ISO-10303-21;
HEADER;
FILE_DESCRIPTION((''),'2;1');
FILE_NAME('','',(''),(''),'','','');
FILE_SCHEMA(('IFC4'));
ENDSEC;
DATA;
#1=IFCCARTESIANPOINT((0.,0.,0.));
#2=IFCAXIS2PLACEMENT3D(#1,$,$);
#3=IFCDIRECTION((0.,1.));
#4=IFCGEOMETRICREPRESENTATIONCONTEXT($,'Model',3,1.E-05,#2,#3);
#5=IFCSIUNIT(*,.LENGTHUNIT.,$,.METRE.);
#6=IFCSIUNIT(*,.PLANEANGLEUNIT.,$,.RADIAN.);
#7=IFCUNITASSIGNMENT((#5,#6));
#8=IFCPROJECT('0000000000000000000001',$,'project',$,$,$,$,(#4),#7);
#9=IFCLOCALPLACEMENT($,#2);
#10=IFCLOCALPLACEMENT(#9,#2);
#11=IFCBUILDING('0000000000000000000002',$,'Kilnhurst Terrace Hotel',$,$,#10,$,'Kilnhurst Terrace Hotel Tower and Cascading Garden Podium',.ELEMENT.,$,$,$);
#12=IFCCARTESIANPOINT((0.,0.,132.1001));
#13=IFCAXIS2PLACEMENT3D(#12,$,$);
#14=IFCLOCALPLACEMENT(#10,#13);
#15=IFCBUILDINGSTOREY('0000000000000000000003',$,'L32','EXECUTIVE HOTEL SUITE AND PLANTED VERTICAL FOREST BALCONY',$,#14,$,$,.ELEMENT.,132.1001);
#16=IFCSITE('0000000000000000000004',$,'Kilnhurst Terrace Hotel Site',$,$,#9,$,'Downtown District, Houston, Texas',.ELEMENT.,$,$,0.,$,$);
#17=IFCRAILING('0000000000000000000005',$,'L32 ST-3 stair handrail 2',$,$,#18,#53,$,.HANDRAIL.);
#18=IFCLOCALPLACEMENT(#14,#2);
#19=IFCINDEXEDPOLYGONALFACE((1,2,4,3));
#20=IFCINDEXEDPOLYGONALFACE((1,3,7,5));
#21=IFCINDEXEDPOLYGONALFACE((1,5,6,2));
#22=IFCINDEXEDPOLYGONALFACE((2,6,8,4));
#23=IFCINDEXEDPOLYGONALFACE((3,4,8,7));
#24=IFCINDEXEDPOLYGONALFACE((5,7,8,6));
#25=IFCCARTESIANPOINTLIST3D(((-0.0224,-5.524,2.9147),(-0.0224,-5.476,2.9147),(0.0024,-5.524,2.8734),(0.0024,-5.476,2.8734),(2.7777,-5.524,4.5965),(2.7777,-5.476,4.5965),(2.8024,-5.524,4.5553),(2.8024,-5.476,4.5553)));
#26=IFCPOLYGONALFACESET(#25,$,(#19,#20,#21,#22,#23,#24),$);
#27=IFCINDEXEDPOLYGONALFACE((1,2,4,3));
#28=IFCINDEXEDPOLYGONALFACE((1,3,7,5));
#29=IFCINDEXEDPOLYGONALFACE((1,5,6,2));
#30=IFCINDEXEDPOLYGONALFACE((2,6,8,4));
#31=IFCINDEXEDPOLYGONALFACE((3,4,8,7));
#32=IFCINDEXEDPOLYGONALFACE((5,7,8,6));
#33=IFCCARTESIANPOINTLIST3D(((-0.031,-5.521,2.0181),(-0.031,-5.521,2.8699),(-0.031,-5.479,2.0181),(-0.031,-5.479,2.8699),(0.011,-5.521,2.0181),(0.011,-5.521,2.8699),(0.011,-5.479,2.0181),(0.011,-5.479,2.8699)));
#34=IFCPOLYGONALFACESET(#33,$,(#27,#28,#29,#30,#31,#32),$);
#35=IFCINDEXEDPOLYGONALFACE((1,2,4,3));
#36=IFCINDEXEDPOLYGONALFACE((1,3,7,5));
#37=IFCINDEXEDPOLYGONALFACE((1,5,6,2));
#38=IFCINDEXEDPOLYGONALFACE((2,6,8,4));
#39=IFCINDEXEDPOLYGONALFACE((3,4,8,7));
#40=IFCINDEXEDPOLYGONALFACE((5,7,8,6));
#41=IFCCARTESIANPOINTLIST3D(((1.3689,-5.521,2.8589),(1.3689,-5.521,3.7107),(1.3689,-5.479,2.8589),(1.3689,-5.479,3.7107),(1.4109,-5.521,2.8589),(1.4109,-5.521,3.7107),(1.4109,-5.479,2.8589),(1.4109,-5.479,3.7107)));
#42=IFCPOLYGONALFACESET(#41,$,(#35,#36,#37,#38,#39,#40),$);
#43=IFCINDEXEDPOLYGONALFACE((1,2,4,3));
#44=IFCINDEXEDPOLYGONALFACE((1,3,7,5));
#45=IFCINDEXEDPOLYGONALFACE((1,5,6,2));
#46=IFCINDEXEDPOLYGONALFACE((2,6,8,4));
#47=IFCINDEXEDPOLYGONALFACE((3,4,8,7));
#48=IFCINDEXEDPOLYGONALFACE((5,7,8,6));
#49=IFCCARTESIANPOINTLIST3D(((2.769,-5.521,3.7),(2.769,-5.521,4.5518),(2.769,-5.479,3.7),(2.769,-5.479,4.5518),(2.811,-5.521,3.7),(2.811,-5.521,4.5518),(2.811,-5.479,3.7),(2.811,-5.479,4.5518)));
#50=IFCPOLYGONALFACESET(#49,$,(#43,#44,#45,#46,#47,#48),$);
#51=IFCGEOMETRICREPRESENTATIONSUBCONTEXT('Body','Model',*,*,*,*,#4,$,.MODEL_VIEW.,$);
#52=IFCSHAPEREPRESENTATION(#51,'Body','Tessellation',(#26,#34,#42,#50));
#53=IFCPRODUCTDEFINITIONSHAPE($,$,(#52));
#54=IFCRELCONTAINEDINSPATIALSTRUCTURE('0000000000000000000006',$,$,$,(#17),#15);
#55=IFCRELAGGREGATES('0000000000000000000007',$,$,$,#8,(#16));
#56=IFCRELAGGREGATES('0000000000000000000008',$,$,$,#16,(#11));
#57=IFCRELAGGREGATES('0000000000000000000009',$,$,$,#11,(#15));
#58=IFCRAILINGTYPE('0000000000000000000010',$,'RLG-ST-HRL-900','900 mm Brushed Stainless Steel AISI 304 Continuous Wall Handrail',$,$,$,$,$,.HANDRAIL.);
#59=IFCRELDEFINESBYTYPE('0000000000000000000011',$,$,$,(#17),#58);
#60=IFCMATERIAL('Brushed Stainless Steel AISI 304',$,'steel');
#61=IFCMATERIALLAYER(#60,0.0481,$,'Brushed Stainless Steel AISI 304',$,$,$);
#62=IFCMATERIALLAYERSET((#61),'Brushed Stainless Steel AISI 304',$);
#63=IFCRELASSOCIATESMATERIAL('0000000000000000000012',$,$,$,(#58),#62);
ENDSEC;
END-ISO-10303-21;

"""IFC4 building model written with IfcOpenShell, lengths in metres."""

from ifc_helpers import new_model, si_unit, direction, frame, origin, origin_2d, place, context, subcontext, project, spatial, rectangle, extrude, material, layer, layer_set, type_object, element, save


model = new_model("IFC4")

# Units and contexts
model_context = context("Model", 3, precision=1e-05, world=origin(), true_north=direction((0.0, 1.0)))
body_context = subcontext(model_context, "Body", "Model", "MODEL_VIEW")
ifc_project = project(units=[si_unit("LENGTHUNIT", "METRE"), si_unit("PLANEANGLEUNIT", "RADIAN")], contexts=[model_context])

# Site, building, storey
site_placement = place(None, origin())
site = spatial("IfcSite", under=ifc_project, at=site_placement, Name="Kilnhurst Terrace Hotel Site", LongName="Downtown District, Houston, Texas", CompositionType="ELEMENT", RefElevation=0.0)
building_placement = place(site_placement, origin())
building = spatial("IfcBuilding", under=site, at=building_placement, Name="Kilnhurst Terrace Hotel", LongName="Kilnhurst Terrace Hotel Tower and Cascading Garden Podium", CompositionType="ELEMENT")
storey_placement = place(building_placement, frame((0.0, 0.0, 132.1001)))
storey = spatial("IfcBuildingStorey", under=building, at=storey_placement, Name="L32", Description="EXECUTIVE HOTEL SUITE AND PLANTED VERTICAL FOREST BALCONY", CompositionType="ELEMENT", Elevation=132.1001)

# Railing
ifc_material_1 = material(Name="Brushed Stainless Steel AISI 304", Category="steel")
ifc_layer_1 = layer(ifc_material_1, 0.0481, Name="Brushed Stainless Steel AISI 304")
ifc_layer_set_1 = layer_set([ifc_layer_1], Name="Brushed Stainless Steel AISI 304")
railing_type_1 = type_object("IfcRailingType", Name="RLG-ST-HRL-900", Description="900 mm Brushed Stainless Steel AISI 304 Continuous Wall Handrail", PredefinedType="HANDRAIL", material=ifc_layer_set_1)
railing_1_placement = place(storey_placement, frame((-0.01, -5.5, 2.0181)))
element("IfcRailing", 1, at=railing_1_placement, inside=storey, type_object=railing_type_1, Name="L32 ST-3 stair handrail 2", PredefinedType="HANDRAIL", context=body_context, shape_type="SweptSolid", body=[
    extrude(rectangle(XDim=0.0481, YDim=0.0481, at=origin_2d()), frame((0.0, 0.0, 0.876), z_axis=(0.857242, 0.0, 0.514913), x_axis=(0.0, 1.0, 0.0)), (0.0, 0.0, 1.0), 3.2664),
    extrude(rectangle(XDim=0.042, YDim=0.042, at=origin_2d()), origin(), (0.0, 0.0, 1.0), 0.8518),
    extrude(rectangle(XDim=0.042, YDim=0.042, at=origin_2d()), frame((1.3999, 0.0, 0.8408)), (0.0, 0.0, 1.0), 0.8518),
    extrude(rectangle(XDim=0.042, YDim=0.042, at=origin_2d()), frame((2.8, 0.0, 1.6819)), (0.0, 0.0, 1.0), 0.8518),
])

save(model, "model.ifc")
